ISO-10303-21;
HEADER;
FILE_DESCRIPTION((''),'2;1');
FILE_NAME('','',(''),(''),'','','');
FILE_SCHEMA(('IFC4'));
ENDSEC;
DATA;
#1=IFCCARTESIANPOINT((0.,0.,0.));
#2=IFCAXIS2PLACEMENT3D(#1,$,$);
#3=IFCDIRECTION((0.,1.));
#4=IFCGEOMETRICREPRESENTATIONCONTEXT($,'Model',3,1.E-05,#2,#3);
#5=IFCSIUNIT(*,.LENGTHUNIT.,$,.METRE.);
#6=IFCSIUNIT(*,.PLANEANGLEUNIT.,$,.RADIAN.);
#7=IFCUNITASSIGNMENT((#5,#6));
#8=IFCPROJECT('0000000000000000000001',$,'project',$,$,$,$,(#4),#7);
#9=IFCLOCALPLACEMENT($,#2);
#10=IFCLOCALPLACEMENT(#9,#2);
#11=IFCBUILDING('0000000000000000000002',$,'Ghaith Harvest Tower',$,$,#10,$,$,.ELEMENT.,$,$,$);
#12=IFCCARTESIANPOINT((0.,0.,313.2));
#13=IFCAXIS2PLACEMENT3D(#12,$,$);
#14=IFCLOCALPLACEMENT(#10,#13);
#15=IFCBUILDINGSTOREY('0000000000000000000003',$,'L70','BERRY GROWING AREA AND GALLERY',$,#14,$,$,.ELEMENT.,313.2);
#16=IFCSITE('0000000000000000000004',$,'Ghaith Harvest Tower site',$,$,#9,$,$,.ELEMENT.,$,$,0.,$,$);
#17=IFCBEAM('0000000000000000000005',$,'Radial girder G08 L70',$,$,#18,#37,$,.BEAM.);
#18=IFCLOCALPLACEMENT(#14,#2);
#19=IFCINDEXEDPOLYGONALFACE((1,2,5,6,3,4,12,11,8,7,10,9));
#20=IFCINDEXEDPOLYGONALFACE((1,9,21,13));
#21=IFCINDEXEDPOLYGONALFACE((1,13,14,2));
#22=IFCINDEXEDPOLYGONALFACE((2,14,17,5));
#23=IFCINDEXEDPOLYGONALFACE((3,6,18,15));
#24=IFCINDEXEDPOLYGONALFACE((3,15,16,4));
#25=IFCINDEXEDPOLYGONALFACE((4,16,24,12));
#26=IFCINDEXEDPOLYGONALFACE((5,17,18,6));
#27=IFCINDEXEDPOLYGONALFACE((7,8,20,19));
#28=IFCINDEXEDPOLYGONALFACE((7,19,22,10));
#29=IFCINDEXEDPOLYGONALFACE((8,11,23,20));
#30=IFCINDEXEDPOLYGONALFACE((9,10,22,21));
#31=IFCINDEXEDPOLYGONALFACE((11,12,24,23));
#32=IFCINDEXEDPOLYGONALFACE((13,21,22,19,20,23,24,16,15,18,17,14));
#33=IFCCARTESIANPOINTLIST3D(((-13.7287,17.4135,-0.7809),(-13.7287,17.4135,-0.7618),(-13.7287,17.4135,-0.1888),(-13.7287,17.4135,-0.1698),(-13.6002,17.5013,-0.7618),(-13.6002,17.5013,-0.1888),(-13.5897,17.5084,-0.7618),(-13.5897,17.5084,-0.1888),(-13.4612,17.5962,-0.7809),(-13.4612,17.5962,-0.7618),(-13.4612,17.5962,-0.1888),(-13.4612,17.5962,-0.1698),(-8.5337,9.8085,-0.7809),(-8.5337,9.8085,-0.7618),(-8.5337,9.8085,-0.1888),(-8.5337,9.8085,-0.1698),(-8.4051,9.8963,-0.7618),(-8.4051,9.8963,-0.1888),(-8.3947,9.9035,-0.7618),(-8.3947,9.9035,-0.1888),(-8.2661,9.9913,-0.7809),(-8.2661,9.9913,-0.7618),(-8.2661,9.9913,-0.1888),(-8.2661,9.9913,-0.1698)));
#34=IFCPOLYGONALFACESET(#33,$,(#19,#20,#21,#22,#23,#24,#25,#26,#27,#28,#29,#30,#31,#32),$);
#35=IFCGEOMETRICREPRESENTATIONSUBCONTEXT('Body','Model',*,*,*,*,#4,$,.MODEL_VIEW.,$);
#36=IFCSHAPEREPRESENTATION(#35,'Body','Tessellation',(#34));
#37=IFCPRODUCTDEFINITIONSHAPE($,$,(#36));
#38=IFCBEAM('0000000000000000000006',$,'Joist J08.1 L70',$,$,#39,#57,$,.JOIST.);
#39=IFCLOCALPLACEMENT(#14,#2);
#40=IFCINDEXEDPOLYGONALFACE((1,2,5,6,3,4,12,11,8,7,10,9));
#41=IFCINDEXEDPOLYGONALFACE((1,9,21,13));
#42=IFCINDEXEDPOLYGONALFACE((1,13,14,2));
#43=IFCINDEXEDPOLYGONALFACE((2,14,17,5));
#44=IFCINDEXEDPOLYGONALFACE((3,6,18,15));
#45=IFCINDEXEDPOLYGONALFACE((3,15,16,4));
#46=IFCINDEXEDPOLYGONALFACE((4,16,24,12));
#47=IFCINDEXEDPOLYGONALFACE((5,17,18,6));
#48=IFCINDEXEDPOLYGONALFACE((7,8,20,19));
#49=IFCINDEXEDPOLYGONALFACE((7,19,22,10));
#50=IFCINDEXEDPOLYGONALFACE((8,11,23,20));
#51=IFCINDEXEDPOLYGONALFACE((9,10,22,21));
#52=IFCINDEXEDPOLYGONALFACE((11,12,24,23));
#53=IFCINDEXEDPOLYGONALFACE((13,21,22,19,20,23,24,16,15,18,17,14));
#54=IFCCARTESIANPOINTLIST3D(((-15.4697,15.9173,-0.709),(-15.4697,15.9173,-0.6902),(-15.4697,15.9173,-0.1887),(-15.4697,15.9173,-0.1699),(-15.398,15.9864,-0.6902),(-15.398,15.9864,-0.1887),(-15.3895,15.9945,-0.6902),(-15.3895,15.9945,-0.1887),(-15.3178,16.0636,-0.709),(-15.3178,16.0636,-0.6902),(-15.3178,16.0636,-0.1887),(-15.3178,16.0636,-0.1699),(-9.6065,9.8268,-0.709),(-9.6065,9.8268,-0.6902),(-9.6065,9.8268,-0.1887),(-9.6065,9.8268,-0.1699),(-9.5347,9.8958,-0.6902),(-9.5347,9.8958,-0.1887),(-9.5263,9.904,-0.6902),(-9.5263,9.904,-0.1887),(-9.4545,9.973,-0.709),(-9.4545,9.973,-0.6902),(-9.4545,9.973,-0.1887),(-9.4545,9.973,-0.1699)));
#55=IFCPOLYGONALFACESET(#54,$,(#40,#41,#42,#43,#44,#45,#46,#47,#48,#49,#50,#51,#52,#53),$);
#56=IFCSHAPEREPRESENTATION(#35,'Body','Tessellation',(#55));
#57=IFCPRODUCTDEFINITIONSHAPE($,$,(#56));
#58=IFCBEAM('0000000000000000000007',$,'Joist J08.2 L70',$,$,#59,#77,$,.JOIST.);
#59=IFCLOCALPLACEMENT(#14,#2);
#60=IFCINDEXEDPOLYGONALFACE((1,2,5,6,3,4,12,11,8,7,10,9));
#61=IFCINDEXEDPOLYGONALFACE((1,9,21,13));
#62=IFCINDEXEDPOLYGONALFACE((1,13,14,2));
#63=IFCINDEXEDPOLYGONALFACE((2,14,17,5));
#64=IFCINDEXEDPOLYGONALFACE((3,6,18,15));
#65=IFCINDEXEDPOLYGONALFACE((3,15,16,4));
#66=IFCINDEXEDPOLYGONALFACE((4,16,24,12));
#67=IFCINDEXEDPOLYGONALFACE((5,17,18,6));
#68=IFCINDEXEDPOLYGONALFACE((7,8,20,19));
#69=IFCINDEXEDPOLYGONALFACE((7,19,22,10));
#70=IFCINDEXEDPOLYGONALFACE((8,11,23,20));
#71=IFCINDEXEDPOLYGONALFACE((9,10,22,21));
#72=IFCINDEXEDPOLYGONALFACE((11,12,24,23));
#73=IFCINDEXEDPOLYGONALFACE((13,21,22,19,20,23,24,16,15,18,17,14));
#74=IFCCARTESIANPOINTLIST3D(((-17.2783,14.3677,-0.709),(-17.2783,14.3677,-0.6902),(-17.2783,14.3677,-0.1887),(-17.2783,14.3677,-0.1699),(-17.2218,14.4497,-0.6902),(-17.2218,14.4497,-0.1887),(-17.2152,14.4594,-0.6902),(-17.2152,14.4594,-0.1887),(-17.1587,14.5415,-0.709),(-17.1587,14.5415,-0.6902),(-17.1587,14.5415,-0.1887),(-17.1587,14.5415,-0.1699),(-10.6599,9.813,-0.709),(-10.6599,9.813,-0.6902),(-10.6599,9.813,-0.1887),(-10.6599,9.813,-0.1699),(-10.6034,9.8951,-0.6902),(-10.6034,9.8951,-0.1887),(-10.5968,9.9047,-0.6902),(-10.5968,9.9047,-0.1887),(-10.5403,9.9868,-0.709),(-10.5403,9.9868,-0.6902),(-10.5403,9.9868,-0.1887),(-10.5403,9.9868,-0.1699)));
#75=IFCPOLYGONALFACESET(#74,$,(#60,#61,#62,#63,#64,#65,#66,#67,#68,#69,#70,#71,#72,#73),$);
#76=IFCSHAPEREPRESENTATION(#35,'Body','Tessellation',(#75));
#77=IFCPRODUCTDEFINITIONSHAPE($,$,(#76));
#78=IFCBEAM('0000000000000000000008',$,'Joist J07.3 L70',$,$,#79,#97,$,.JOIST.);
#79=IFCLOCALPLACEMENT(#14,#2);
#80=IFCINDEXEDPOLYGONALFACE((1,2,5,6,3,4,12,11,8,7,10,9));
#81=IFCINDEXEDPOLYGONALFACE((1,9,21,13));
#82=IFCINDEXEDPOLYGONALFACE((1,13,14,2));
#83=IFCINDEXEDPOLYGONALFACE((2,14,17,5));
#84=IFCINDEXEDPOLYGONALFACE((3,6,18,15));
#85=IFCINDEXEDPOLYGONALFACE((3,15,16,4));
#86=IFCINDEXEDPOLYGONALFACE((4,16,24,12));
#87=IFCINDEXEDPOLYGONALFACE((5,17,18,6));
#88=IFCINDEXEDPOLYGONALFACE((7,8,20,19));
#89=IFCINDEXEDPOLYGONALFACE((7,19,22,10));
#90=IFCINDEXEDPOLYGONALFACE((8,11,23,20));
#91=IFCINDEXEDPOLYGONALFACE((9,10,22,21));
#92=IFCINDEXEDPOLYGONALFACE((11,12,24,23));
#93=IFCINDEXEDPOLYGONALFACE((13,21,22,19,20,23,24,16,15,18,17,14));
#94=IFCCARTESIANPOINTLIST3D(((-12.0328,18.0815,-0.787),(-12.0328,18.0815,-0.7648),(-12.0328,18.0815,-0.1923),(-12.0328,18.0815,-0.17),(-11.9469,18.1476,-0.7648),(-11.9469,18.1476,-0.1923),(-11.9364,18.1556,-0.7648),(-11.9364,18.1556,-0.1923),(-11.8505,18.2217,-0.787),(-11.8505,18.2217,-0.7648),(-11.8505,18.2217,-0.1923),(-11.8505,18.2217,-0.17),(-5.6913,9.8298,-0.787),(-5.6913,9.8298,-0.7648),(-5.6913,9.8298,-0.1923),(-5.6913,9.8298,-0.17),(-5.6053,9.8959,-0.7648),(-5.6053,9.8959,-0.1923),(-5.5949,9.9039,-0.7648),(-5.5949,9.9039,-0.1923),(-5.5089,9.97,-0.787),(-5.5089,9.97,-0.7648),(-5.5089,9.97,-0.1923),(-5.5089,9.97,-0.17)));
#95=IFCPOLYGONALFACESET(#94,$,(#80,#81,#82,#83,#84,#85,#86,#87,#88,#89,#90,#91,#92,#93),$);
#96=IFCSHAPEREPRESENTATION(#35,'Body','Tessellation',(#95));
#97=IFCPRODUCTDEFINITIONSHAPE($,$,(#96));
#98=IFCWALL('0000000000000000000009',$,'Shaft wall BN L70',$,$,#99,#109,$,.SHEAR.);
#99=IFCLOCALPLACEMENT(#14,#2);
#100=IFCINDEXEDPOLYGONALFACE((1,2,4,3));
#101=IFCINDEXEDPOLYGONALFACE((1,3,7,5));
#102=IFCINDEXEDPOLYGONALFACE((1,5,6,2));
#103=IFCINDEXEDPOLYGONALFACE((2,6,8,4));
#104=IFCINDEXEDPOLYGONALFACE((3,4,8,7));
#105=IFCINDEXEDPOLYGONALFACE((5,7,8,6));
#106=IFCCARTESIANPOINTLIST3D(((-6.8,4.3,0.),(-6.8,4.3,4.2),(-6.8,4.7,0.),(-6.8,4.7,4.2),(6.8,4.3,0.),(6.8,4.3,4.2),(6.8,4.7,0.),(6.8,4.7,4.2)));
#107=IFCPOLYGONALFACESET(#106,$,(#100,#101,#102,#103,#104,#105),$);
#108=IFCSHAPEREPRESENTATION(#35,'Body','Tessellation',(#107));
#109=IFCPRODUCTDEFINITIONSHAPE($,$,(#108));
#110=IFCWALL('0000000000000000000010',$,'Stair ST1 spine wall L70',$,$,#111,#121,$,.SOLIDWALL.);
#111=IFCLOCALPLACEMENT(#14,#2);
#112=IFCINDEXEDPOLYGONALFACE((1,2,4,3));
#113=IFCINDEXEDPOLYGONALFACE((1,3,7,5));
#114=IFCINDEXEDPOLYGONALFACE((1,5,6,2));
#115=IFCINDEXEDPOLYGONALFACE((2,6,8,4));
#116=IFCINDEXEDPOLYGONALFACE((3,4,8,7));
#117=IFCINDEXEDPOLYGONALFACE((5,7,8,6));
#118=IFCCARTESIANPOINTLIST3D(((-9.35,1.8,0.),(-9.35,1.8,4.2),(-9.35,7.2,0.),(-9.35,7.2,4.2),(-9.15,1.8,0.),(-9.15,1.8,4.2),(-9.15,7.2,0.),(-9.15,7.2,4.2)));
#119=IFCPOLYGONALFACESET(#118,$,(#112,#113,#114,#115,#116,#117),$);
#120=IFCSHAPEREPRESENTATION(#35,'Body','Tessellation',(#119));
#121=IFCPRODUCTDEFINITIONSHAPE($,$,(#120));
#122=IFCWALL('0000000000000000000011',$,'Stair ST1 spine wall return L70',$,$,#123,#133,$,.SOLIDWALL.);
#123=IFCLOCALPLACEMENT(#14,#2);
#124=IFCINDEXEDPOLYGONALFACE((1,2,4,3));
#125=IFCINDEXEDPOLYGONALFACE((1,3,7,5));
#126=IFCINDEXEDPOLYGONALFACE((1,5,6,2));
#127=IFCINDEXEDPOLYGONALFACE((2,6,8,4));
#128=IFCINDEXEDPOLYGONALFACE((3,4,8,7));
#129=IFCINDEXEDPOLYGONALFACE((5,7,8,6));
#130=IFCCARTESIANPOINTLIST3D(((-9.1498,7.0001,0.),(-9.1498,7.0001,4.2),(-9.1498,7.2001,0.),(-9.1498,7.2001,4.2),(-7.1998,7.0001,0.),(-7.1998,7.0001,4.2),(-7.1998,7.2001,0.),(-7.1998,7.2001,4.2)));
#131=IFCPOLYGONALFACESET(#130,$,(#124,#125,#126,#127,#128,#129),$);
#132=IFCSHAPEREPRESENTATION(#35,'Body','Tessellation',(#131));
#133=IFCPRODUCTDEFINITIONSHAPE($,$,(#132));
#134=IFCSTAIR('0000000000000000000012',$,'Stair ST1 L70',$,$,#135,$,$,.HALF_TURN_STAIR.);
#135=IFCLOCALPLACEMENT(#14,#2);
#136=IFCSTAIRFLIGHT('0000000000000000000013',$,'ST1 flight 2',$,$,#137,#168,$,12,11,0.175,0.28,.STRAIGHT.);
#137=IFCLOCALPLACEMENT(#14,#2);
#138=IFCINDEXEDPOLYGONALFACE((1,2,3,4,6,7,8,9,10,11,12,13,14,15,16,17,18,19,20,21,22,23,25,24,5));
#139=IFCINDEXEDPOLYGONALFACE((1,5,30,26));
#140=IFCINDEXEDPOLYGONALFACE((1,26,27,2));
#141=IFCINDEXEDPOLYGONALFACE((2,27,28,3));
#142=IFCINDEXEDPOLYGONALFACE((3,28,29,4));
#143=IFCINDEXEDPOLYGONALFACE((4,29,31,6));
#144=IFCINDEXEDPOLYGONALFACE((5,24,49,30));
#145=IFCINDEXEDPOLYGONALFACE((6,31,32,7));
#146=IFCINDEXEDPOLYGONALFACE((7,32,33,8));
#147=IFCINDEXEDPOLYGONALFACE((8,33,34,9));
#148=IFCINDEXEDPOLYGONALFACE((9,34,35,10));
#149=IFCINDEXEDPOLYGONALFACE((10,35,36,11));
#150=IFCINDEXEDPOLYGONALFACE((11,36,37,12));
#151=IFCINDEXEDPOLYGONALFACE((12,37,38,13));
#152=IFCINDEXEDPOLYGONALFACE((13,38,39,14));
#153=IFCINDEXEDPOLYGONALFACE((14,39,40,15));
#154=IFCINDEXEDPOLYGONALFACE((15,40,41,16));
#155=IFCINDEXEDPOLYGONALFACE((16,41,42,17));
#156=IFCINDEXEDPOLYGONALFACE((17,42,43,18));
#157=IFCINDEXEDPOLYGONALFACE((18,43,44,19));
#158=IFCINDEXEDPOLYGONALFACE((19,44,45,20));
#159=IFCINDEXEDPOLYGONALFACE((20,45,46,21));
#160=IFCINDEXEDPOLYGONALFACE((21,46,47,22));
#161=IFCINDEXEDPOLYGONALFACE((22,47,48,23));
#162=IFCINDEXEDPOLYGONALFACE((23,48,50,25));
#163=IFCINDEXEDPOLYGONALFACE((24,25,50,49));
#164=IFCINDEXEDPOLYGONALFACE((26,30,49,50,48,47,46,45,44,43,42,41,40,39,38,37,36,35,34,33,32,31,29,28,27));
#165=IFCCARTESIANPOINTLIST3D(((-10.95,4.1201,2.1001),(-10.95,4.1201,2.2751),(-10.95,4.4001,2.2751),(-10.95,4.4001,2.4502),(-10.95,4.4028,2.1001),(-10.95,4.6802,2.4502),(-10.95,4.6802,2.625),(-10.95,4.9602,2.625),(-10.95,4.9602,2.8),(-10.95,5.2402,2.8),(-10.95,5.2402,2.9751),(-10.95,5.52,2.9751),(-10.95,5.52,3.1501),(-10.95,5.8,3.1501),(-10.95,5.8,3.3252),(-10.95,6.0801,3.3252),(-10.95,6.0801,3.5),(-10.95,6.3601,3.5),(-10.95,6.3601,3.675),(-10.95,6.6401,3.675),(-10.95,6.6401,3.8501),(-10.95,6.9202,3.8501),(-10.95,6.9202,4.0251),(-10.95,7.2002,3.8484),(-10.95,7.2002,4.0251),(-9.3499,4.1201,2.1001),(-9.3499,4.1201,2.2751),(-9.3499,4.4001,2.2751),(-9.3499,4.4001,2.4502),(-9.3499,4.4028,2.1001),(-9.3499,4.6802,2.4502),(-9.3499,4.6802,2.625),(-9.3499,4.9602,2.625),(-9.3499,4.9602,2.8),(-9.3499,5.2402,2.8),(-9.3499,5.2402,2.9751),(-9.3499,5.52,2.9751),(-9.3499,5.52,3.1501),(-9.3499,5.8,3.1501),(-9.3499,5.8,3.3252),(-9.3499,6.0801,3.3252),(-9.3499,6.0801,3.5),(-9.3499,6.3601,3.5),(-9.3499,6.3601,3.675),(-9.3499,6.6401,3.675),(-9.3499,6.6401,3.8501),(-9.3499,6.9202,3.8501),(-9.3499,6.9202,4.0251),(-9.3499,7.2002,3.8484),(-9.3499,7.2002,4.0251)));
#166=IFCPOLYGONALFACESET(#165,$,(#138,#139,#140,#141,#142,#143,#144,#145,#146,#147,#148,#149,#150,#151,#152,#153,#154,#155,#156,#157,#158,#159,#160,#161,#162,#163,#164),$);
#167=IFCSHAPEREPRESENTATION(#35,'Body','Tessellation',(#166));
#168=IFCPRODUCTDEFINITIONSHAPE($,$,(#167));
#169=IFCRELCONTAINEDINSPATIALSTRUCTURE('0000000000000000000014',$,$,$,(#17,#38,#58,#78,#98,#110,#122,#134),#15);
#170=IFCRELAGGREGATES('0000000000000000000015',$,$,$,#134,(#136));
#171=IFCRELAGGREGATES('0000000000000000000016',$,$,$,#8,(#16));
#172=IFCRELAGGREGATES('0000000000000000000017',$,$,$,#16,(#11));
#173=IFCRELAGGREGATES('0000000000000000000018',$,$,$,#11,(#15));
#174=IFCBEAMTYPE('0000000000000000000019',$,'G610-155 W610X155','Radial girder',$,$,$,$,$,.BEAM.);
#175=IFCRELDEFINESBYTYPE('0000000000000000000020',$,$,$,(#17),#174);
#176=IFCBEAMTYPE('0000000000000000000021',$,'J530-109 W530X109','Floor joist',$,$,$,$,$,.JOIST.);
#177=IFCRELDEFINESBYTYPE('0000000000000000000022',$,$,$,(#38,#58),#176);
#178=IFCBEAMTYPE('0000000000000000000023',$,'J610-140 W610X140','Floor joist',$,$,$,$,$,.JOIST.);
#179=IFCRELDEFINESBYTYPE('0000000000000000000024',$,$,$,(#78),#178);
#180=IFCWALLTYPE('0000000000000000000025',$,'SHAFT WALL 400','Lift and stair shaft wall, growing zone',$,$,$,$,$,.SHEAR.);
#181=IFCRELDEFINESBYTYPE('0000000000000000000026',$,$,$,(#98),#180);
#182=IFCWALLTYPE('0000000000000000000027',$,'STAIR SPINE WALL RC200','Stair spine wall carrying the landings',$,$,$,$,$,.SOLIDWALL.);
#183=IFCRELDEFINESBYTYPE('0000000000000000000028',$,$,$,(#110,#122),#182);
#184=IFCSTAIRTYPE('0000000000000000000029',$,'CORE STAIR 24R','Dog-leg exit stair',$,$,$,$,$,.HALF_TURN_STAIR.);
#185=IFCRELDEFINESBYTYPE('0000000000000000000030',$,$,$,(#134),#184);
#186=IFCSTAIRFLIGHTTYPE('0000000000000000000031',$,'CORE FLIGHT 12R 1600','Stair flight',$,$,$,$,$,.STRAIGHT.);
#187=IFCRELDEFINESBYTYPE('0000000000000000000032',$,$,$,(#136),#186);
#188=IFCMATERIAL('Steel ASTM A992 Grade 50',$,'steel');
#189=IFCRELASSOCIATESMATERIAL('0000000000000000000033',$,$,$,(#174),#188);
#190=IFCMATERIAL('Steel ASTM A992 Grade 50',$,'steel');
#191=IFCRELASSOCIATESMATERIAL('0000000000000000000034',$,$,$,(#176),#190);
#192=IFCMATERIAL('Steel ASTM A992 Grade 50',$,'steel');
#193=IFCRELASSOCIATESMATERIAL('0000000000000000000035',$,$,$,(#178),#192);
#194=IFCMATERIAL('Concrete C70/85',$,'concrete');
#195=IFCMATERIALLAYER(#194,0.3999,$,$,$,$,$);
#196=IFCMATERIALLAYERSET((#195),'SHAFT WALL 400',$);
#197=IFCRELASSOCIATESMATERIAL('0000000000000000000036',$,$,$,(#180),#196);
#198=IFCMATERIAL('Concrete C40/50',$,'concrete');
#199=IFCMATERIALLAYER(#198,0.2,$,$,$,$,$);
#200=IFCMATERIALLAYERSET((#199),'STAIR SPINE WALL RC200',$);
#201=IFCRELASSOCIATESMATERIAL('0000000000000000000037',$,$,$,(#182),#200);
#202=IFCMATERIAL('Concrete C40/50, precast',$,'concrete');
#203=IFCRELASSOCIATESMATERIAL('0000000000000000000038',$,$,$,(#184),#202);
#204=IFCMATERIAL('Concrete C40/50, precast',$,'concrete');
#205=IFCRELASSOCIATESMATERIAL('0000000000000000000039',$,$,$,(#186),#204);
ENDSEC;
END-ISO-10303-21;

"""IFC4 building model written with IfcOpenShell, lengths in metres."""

from ifc_helpers import new_model, si_unit, direction, frame, frame_2d, origin, origin_2d, place, context, subcontext, project, spatial, polyline, rectangle, i_section, outline, extrude, material, layer, layer_set, material_profile, profile_set, type_object, element, aggregate, save


model = new_model("IFC4")

# Units and contexts
model_context = context("Model", 3, precision=1e-05, world=origin(), true_north=direction((0.0, 1.0)))
body_context = subcontext(model_context, "Body", "Model", "MODEL_VIEW")
ifc_project = project(units=[si_unit("LENGTHUNIT", "METRE"), si_unit("PLANEANGLEUNIT", "RADIAN")], contexts=[model_context])

# Site, building, storey
site_placement = place(None, origin())
site = spatial("IfcSite", under=ifc_project, at=site_placement, Name="Ghaith Harvest Tower site", CompositionType="ELEMENT", RefElevation=0.0)
building_placement = place(site_placement, origin())
building = spatial("IfcBuilding", under=site, at=building_placement, Name="Ghaith Harvest Tower", CompositionType="ELEMENT")
storey_placement = place(building_placement, frame((0.0, 0.0, 313.2)))
storey = spatial("IfcBuildingStorey", under=building, at=storey_placement, Name="L70", Description="BERRY GROWING AREA AND GALLERY", CompositionType="ELEMENT", Elevation=313.2)

# Beams
ifc_material_1 = material(Name="Steel ASTM A992 Grade 50", Category="steel")
ifc_material_profile_1 = material_profile(ifc_material_1, i_section(OverallWidth=0.324, OverallDepth=0.6111, WebThickness=0.0127, FlangeThickness=0.019, at=origin_2d()), Name="W610X155")
ifc_profile_set_1 = profile_set([ifc_material_profile_1], Name="Steel ASTM A992 Grade 50")
beam_type_1 = type_object("IfcBeamType", Name="G610-155 W610X155", Description="Radial girder", PredefinedType="BEAM", material=ifc_profile_set_1)
beam_1_placement = place(storey_placement, frame((-8.3999, 9.8999, -0.4753), z_axis=(-0.564067, 0.825729, 0.0), x_axis=(-0.825729, -0.564067, 0.0)))
element("IfcBeam", 1, at=beam_1_placement, inside=storey, type_object=beam_type_1, Name="Radial girder G08 L70", PredefinedType="BEAM", context=body_context, shape_type="SweptSolid", body=[
    extrude(i_section(OverallWidth=0.324, OverallDepth=0.6111, WebThickness=0.0127, FlangeThickness=0.019, at=origin_2d()), origin(), (0.0, 0.0, 1.0), 9.21),
])
ifc_material_2 = material(Name="Steel ASTM A992 Grade 50", Category="steel")
ifc_material_profile_2 = material_profile(ifc_material_2, i_section(OverallWidth=0.2109, OverallDepth=0.5391, WebThickness=0.0117, FlangeThickness=0.0188, at=origin_2d()), Name="W530X109")
ifc_profile_set_2 = profile_set([ifc_material_profile_2], Name="Steel ASTM A992 Grade 50")
beam_type_2 = type_object("IfcBeamType", Name="J530-109 W530X109", Description="Floor joist", PredefinedType="JOIST", material=ifc_profile_set_2)
beam_2_placement = place(storey_placement, frame((-9.5305, 9.8999, -0.4395), z_axis=(-0.693536, 0.720422, 0.0), x_axis=(-0.720422, -0.693536, 0.0)))
element("IfcBeam", 2, at=beam_2_placement, inside=storey, type_object=beam_type_2, Name="Joist J08.1 L70", PredefinedType="JOIST", context=body_context, shape_type="SweptSolid", body=[
    extrude(i_section(OverallWidth=0.2109, OverallDepth=0.5391, WebThickness=0.0117, FlangeThickness=0.0188, at=origin_2d()), origin(), (0.0, 0.0, 1.0), 8.4541),
])
beam_3_placement = place(storey_placement, frame((-10.6001, 9.8999, -0.4395), z_axis=(-0.823779, 0.566912, 0.0), x_axis=(-0.566912, -0.823779, 0.0)))
element("IfcBeam", 3, at=beam_3_placement, inside=storey, type_object=beam_type_2, Name="Joist J08.2 L70", PredefinedType="JOIST", context=body_context, shape_type="SweptSolid", body=[
    extrude(i_section(OverallWidth=0.2109, OverallDepth=0.5391, WebThickness=0.0117, FlangeThickness=0.0188, at=origin_2d()), origin(), (0.0, 0.0, 1.0), 8.0342),
])
ifc_material_3 = material(Name="Steel ASTM A992 Grade 50", Category="steel")
ifc_material_profile_3 = material_profile(ifc_material_3, i_section(OverallWidth=0.23, OverallDepth=0.6169, WebThickness=0.0132, FlangeThickness=0.0222, at=origin_2d()), Name="W610X140")
ifc_profile_set_3 = profile_set([ifc_material_profile_3], Name="Steel ASTM A992 Grade 50")
beam_type_3 = type_object("IfcBeamType", Name="J610-140 W610X140", Description="Floor joist", PredefinedType="JOIST", material=ifc_profile_set_3)
beam_4_placement = place(storey_placement, frame((-5.6001, 9.8999, -0.4785), z_axis=(-0.609354, 0.792899, 0.0), x_axis=(-0.792899, -0.609354, 0.0)))
element("IfcBeam", 4, at=beam_4_placement, inside=storey, type_object=beam_type_3, Name="Joist J07.3 L70", PredefinedType="JOIST", context=body_context, shape_type="SweptSolid", body=[
    extrude(i_section(OverallWidth=0.23, OverallDepth=0.6169, WebThickness=0.0132, FlangeThickness=0.0222, at=origin_2d()), origin(), (0.0, 0.0, 1.0), 10.407),
])

# Shared definitions
ifc_material_4 = material(Name="Concrete C70/85", Category="concrete")
ifc_layer_1 = layer(ifc_material_4, 0.3999)
ifc_layer_set_1 = layer_set([ifc_layer_1], Name="SHAFT WALL 400")
wall_type_1 = type_object("IfcWallType", Name="SHAFT WALL 400", Description="Lift and stair shaft wall, growing zone", PredefinedType="SHEAR", material=ifc_layer_set_1)

# Walls
wall_1_placement = place(storey_placement, frame((-6.8, 4.5, 0.0), z_axis=(0.0, 0.0, 1.0), x_axis=(1.0, 0.0, 0.0)))
element("IfcWall", 5, at=wall_1_placement, inside=storey, type_object=wall_type_1, Name="Shaft wall BN L70", PredefinedType="SHEAR", context=body_context, shape_type="SweptSolid", body=[
    extrude(rectangle(XDim=13.6001, YDim=0.3999, at=frame_2d((6.8, 0.0))), origin(), (0.0, 0.0, 1.0), 4.2),
])
ifc_material_5 = material(Name="Concrete C40/50", Category="concrete")
ifc_layer_2 = layer(ifc_material_5, 0.2)
ifc_layer_set_2 = layer_set([ifc_layer_2], Name="STAIR SPINE WALL RC200")
wall_type_2 = type_object("IfcWallType", Name="STAIR SPINE WALL RC200", Description="Stair spine wall carrying the landings", PredefinedType="SOLIDWALL", material=ifc_layer_set_2)
wall_2_placement = place(storey_placement, frame((-9.25, 7.2, 0.0), z_axis=(0.0, 0.0, 1.0), x_axis=(0.0, -1.0, 0.0)))
element("IfcWall", 6, at=wall_2_placement, inside=storey, type_object=wall_type_2, Name="Stair ST1 spine wall L70", PredefinedType="SOLIDWALL", context=body_context, shape_type="SweptSolid", body=[
    extrude(rectangle(XDim=5.3999, YDim=0.2, at=frame_2d((2.7, 0.0))), origin(), (0.0, 0.0, 1.0), 4.2),
])
wall_3_placement = place(storey_placement, frame((-9.1499, 7.1001, 0.0), z_axis=(0.0, 0.0, 1.0), x_axis=(1.0, 0.0, 0.0)))
element("IfcWall", 7, at=wall_3_placement, inside=storey, type_object=wall_type_2, Name="Stair ST1 spine wall return L70", PredefinedType="SOLIDWALL", context=body_context, shape_type="SweptSolid", body=[
    extrude(rectangle(XDim=1.95, YDim=0.2, at=frame_2d((0.9751, 0.0))), origin(), (0.0, 0.0, 1.0), 4.2),
])

# Stair, stair flight
ifc_material_6 = material(Name="Concrete C40/50, precast", Category="concrete")
stair_type = type_object("IfcStairType", Name="CORE STAIR 24R", Description="Dog-leg exit stair", PredefinedType="HALF_TURN_STAIR", material=ifc_material_6)
stair_placement = place(storey_placement, origin())
stair = element("IfcStair", 8, at=stair_placement, inside=storey, type_object=stair_type, Name="Stair ST1 L70", PredefinedType="HALF_TURN_STAIR")
ifc_material_7 = material(Name="Concrete C40/50, precast", Category="concrete")
stair_flight_type = type_object("IfcStairFlightType", Name="CORE FLIGHT 12R 1600", Description="Stair flight", PredefinedType="STRAIGHT", material=ifc_material_7)
stair_flight_placement = place(storey_placement, frame((-10.1499, 4.1201, 2.1001), z_axis=(0.0, 0.0, 1.0), x_axis=(0.0, 1.0, 0.0)))
stair_flight = element("IfcStairFlight", 9, at=stair_flight_placement, type_object=stair_flight_type, Name="ST1 flight 2", NumberOfRisers=12, NumberOfTreads=11, PredefinedType="STRAIGHT", RiserHeight=0.175, TreadLength=0.28, context=body_context, shape_type="SweptSolid", body=[
    extrude(outline(polyline([(0.0, 0.0), (0.0, 0.175), (0.28, 0.175), (0.28, 0.3501), (0.5601, 0.3501), (0.5601, 0.5249), (0.8401, 0.5249), (0.8401, 0.7), (1.1201, 0.7), (1.1201, 0.875), (1.3999, 0.875), (1.3999, 1.05), (1.6799, 1.05), (1.6799, 1.2251), (1.96, 1.2251), (1.96, 1.3999), (2.24, 1.3999), (2.24, 1.575), (2.52, 1.575), (2.52, 1.75), (2.8, 1.75), (2.8, 1.925), (3.0801, 1.925), (3.0801, 2.1001), (3.0801, 1.7483), (0.2827, 0.0), (0.0, 0.0)])), frame((0.0, 0.8, 0.0), z_axis=(0.0, -1.0, 0.0), x_axis=(1.0, 0.0, 0.0)), (0.0, 0.0, 1.0), 1.6001),
])
aggregate(stair, [stair_flight])

save(model, "model.ifc")
